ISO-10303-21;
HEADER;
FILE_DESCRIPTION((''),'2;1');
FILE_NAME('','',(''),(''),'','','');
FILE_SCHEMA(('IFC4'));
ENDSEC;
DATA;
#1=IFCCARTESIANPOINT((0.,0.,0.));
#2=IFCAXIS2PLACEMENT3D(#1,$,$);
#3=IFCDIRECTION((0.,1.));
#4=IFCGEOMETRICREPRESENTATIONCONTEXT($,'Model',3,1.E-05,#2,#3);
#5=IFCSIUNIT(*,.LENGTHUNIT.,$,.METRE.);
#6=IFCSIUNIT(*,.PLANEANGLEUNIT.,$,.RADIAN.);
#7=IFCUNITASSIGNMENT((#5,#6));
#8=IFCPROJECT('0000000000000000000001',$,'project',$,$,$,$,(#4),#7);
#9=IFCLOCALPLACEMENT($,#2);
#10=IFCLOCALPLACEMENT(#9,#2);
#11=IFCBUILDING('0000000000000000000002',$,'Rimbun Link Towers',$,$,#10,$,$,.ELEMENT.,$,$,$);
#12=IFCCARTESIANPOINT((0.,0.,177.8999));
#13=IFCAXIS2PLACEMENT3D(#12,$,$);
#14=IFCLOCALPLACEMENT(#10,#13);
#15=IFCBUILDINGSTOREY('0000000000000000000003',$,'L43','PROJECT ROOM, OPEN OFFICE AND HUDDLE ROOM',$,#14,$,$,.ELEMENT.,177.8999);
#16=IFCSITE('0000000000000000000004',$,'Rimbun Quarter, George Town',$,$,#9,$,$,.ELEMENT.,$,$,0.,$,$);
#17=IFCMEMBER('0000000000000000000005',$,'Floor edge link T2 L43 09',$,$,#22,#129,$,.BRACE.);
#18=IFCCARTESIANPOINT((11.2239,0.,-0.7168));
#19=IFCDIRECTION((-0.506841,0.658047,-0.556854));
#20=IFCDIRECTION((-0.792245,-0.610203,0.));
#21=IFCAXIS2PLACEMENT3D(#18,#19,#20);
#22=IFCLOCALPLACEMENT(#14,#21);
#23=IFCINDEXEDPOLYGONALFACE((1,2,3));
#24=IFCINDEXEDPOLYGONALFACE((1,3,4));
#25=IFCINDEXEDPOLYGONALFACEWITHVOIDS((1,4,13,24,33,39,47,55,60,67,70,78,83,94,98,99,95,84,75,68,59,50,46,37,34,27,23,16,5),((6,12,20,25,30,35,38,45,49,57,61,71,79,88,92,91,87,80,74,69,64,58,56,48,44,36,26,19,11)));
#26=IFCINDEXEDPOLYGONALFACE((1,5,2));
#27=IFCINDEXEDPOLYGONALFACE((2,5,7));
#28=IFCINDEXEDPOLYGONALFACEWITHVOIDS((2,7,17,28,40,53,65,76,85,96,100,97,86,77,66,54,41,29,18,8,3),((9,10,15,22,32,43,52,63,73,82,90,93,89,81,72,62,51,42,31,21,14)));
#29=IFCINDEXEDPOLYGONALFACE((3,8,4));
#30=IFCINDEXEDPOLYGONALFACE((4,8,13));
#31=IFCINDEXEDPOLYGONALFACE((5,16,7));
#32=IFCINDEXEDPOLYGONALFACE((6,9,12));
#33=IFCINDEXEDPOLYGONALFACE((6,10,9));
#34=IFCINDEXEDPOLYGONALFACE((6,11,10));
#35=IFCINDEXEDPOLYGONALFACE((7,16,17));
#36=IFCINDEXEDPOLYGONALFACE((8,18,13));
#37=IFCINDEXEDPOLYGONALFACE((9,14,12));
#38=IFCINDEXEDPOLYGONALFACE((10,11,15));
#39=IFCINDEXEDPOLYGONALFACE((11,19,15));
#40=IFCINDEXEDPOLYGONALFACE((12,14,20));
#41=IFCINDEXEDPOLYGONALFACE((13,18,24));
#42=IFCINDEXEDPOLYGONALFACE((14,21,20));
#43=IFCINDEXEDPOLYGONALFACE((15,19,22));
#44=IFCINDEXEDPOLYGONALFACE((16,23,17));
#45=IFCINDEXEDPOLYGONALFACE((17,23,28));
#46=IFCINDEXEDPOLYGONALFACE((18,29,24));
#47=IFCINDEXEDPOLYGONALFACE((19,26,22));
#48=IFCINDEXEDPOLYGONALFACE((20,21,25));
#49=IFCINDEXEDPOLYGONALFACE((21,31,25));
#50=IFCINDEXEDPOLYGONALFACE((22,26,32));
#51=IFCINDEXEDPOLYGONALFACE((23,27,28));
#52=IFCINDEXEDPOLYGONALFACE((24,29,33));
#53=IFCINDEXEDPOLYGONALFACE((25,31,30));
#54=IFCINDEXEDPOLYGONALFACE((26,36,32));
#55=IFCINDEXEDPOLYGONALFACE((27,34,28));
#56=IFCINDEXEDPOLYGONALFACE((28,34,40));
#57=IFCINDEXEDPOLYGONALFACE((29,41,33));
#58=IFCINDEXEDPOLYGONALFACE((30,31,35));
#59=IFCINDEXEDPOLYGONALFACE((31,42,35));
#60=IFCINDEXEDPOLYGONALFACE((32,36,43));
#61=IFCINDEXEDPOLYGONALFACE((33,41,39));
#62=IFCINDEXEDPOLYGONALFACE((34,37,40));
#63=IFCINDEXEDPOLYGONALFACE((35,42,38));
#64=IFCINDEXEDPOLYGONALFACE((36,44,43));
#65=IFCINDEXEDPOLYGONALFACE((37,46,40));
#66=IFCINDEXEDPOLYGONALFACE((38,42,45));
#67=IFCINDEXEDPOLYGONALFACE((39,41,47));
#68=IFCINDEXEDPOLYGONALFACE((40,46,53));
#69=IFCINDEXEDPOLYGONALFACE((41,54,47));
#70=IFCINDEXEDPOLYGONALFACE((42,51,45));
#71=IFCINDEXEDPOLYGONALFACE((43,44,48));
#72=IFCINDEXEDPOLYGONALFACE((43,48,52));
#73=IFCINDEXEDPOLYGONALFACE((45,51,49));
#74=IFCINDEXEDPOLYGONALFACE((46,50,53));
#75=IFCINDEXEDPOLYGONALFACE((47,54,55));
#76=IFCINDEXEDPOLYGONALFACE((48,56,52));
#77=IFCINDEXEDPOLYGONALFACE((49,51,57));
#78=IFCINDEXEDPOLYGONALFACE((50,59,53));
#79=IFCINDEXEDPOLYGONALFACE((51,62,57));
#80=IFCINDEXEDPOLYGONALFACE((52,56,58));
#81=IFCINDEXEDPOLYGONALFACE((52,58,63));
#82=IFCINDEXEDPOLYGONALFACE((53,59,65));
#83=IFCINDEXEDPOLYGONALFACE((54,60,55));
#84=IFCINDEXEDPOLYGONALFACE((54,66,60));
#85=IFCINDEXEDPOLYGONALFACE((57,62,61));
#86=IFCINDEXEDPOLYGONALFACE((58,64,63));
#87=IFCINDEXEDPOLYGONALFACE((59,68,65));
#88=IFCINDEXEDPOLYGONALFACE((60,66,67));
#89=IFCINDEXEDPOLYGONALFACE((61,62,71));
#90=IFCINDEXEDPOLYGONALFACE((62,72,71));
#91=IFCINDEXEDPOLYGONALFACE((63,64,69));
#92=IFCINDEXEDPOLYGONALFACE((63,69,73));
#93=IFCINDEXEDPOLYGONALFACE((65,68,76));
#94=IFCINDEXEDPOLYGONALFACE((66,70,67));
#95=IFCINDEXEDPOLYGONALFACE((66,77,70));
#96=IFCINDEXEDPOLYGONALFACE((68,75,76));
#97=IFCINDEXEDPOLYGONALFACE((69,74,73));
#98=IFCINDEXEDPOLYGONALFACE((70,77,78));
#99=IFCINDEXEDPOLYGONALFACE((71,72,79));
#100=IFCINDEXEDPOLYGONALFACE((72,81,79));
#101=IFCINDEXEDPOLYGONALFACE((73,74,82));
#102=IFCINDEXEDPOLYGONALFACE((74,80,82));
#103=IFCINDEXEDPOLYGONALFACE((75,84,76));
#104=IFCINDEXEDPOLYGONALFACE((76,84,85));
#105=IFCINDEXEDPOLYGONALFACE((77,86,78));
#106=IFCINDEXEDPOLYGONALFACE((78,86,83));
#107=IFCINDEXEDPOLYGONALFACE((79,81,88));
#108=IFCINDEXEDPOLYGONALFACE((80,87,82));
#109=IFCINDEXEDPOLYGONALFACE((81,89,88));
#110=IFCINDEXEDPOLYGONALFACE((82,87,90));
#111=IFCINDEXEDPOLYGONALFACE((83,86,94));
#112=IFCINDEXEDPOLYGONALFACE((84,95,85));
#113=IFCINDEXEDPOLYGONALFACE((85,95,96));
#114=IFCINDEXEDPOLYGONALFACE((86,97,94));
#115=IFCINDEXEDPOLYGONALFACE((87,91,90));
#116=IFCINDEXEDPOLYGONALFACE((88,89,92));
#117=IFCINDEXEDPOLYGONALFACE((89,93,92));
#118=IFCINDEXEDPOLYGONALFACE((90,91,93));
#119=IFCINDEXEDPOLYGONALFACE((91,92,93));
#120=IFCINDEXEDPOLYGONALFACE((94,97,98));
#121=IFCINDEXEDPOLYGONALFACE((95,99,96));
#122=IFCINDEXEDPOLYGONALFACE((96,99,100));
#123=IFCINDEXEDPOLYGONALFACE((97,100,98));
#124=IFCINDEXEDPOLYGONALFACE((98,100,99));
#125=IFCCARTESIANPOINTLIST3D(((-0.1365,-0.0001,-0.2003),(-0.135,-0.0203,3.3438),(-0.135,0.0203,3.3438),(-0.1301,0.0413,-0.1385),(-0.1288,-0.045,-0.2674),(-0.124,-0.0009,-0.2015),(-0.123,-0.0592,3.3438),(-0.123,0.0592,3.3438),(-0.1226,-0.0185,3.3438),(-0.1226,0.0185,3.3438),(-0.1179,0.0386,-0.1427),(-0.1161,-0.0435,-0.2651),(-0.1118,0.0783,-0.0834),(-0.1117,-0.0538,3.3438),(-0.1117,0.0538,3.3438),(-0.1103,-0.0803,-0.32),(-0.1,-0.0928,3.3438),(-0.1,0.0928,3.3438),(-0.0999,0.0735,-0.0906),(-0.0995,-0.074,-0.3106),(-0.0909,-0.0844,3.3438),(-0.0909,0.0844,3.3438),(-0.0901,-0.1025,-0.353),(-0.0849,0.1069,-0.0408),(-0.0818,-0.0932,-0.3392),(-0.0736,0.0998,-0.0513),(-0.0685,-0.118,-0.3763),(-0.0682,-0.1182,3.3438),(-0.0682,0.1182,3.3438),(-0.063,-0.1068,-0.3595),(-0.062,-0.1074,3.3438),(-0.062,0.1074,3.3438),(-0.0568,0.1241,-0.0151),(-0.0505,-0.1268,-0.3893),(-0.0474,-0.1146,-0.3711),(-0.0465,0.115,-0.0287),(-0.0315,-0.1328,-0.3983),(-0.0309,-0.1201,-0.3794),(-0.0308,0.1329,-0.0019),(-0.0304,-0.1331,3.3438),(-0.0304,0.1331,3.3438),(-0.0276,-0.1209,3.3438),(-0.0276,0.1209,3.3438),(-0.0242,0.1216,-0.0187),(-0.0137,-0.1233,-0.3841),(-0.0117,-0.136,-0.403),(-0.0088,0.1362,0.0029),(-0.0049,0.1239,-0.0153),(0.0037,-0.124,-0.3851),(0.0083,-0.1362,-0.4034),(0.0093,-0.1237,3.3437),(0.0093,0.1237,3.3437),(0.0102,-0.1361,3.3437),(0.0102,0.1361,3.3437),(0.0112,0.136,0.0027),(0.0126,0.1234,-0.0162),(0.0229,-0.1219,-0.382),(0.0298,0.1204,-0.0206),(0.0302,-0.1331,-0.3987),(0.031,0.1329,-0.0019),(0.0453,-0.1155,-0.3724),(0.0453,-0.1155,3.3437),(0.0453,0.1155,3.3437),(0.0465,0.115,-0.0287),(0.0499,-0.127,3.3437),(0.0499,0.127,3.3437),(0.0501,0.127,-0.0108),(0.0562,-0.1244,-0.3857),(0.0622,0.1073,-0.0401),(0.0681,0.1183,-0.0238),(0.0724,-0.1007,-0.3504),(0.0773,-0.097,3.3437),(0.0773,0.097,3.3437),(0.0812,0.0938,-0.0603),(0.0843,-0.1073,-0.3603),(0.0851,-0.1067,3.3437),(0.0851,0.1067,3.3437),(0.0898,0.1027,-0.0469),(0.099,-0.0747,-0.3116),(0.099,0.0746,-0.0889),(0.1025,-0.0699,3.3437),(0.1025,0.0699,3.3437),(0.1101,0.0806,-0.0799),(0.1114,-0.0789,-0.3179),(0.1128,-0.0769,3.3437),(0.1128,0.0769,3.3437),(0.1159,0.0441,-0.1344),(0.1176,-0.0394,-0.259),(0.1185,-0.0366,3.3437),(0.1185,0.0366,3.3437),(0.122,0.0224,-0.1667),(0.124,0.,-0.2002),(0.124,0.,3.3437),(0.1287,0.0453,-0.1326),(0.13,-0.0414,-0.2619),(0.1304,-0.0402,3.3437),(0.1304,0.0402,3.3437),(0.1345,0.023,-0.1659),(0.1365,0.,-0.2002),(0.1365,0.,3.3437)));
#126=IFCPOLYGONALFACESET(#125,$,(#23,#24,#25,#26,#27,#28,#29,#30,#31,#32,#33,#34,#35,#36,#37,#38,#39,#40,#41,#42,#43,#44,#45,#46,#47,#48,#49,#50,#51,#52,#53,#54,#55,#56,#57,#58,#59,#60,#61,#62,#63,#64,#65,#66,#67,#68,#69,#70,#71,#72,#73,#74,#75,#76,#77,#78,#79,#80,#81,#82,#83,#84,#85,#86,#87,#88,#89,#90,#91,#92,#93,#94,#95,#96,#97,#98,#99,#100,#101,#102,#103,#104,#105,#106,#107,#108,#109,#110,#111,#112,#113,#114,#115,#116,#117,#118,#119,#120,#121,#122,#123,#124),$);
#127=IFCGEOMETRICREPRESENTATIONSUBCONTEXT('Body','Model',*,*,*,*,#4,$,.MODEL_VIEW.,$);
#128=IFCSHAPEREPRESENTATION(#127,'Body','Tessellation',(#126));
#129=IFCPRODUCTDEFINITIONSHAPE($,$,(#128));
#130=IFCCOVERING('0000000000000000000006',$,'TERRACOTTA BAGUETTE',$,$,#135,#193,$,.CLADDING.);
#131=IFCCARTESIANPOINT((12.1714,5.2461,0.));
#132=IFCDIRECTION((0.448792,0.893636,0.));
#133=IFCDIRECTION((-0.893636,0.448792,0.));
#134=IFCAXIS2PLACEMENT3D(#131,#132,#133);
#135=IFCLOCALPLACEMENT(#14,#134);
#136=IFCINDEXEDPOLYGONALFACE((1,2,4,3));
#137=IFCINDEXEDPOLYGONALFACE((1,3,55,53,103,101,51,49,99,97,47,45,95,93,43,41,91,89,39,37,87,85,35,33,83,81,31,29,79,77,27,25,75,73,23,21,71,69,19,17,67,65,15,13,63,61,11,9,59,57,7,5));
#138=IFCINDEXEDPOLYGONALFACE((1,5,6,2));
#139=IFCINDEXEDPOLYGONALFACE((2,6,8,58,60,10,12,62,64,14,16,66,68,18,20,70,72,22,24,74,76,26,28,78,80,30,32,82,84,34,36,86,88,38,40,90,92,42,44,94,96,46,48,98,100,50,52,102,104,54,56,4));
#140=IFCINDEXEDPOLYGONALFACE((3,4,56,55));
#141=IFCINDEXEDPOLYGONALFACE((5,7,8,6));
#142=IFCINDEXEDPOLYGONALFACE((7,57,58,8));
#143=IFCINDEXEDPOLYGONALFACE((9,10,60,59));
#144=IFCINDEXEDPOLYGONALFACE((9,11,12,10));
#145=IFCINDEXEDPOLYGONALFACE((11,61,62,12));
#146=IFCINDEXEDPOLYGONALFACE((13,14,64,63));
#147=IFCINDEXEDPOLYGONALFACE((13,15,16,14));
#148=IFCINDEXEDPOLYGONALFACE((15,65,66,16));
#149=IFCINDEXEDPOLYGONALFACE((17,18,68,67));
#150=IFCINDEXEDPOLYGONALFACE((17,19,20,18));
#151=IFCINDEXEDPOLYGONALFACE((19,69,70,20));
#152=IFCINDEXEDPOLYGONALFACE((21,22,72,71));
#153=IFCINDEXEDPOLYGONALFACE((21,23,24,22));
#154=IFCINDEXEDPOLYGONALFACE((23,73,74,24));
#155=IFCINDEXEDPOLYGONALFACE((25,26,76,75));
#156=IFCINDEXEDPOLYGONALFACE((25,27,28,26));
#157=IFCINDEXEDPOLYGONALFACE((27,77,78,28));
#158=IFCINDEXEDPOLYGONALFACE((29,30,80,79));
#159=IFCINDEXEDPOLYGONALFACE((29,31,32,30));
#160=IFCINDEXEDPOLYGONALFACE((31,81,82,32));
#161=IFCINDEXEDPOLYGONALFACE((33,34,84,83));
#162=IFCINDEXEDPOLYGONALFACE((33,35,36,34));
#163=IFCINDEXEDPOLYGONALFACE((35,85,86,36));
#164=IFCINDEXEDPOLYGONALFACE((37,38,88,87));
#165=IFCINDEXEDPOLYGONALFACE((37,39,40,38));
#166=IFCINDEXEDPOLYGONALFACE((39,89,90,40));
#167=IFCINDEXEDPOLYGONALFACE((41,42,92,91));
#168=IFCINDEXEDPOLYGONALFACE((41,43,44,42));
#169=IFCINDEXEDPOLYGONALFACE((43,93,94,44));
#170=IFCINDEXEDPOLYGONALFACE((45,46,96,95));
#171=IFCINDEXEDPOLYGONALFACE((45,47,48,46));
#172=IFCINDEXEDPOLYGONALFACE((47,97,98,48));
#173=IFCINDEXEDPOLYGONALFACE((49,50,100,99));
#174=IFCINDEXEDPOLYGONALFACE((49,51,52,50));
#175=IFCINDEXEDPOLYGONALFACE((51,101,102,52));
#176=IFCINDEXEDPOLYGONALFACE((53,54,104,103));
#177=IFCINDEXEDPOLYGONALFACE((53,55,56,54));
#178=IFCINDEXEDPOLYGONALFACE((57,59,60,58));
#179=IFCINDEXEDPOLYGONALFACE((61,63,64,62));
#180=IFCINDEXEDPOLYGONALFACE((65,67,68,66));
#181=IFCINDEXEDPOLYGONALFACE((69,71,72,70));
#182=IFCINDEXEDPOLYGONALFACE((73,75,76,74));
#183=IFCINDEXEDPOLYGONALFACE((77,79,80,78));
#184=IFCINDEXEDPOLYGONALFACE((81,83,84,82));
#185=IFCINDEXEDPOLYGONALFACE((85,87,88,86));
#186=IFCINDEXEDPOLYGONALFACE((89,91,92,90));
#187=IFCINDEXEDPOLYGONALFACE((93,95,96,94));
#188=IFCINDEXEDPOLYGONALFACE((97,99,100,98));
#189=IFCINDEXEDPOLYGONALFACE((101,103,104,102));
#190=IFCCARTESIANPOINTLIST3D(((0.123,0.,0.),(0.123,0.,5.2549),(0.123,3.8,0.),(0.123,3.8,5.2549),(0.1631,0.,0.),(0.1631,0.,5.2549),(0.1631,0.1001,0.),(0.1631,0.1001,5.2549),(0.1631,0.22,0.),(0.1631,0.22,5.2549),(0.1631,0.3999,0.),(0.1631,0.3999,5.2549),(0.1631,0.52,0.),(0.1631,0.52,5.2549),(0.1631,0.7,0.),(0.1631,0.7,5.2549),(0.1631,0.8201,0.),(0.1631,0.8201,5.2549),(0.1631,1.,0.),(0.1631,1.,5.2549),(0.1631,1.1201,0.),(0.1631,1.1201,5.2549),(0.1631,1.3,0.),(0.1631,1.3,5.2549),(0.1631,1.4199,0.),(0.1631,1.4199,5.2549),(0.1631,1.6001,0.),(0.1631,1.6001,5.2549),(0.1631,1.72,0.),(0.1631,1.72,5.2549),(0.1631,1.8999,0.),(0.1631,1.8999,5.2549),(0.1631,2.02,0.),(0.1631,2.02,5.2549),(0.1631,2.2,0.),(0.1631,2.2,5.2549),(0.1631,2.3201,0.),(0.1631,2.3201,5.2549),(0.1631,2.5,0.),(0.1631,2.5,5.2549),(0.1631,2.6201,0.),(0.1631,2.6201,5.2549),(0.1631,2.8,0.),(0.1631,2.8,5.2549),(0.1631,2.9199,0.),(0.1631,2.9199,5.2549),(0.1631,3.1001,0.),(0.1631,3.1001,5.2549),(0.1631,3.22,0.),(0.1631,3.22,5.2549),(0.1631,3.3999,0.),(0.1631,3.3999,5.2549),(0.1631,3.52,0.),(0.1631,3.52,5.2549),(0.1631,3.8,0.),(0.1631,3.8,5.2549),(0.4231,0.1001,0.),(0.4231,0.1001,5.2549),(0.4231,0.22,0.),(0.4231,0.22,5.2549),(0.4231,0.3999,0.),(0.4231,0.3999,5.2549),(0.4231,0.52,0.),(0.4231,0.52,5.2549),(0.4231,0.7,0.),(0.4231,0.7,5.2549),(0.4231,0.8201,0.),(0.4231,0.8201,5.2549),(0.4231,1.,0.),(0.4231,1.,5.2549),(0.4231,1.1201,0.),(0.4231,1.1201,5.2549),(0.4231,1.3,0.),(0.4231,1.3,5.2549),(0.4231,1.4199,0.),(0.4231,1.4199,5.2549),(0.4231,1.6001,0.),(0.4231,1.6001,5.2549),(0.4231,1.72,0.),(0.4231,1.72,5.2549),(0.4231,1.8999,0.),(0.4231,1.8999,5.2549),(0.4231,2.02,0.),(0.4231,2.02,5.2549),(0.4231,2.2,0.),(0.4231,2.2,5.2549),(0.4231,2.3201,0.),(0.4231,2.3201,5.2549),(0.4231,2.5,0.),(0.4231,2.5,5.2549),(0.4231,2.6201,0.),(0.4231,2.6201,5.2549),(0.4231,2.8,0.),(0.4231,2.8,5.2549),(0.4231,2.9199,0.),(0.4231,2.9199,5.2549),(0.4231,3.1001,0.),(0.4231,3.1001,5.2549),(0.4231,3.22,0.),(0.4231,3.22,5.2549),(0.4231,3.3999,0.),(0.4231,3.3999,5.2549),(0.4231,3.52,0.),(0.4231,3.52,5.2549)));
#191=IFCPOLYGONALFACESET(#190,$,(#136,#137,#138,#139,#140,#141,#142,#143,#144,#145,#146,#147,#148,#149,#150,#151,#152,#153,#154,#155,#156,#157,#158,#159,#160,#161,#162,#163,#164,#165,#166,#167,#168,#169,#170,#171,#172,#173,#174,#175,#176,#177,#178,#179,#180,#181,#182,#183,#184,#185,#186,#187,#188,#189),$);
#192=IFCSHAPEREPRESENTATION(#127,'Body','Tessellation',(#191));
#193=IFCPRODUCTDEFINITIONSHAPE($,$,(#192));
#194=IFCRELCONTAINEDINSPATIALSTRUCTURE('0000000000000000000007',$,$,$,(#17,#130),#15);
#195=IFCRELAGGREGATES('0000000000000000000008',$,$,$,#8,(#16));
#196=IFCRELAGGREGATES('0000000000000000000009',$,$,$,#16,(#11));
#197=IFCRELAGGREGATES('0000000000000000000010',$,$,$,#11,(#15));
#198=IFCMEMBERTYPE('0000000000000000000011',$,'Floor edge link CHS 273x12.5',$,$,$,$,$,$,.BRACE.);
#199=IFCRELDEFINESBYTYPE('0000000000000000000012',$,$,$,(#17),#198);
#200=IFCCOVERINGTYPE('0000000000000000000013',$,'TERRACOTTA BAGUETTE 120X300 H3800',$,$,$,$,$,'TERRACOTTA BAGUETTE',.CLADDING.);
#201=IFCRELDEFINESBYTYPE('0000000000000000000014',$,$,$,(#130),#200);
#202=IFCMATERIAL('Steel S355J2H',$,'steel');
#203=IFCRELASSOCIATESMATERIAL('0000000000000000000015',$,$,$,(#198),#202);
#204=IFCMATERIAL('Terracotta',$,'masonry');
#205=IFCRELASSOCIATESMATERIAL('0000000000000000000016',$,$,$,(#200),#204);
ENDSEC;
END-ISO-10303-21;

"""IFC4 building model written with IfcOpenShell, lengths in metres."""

from ifc_helpers import new_model, si_unit, direction, frame, origin, origin_2d, place, context, subcontext, project, spatial, polyline, hollow_circle, outline, extrude, clip, halfspace, material, material_profile, profile_set, type_object, element, save


model = new_model("IFC4")

# Units and contexts
model_context = context("Model", 3, precision=1e-05, world=origin(), true_north=direction((0.0, 1.0)))
body_context = subcontext(model_context, "Body", "Model", "MODEL_VIEW")
ifc_project = project(units=[si_unit("LENGTHUNIT", "METRE"), si_unit("PLANEANGLEUNIT", "RADIAN")], contexts=[model_context])

# Site, building, storey
site_placement = place(None, origin())
site = spatial("IfcSite", under=ifc_project, at=site_placement, Name="Rimbun Quarter, George Town", CompositionType="ELEMENT", RefElevation=0.0)
building_placement = place(site_placement, origin())
building = spatial("IfcBuilding", under=site, at=building_placement, Name="Rimbun Link Towers", CompositionType="ELEMENT")
storey_placement = place(building_placement, frame((0.0, 0.0, 177.8999)))
storey = spatial("IfcBuildingStorey", under=building, at=storey_placement, Name="L43", Description="PROJECT ROOM, OPEN OFFICE AND HUDDLE ROOM", CompositionType="ELEMENT", Elevation=177.8999)

# Member
ifc_material_1 = material(Name="Steel S355J2H", Category="steel")
ifc_material_profile_1 = material_profile(ifc_material_1, hollow_circle(Radius=0.1365, WallThickness=0.0125, at=origin_2d()), Name="CHS 273x12.5")
ifc_profile_set_1 = profile_set([ifc_material_profile_1], Name="Steel S355J2H")
member_type_1 = type_object("IfcMemberType", Name="Floor edge link CHS 273x12.5", PredefinedType="BRACE", material=ifc_profile_set_1)
member_1_placement = place(storey_placement, frame((11.2239, 0.0, -0.7168), z_axis=(-0.506841, 0.658047, -0.556854), x_axis=(-0.792245, -0.610203, 0.0)))
element("IfcMember", 1, at=member_1_placement, inside=storey, type_object=member_type_1, Name="Floor edge link T2 L43 09", PredefinedType="BRACE", context=body_context, shape_type="Clipping", body=[
    clip(extrude(hollow_circle(Radius=0.1365, WallThickness=0.0125, at=origin_2d()), frame((0.0, 0.0, -0.4253)), (0.0, 0.0, 1.0), 3.769), halfspace(frame((0.0, 0.0, -0.2002), z_axis=(0.0, 0.830611, -0.556854)), False)),
])

# Covering
ifc_material_2 = material(Name="Terracotta", Category="masonry")
ifc_material_profile_2 = material_profile(ifc_material_2, outline(polyline([(0.123, 0.0), (0.1631, 0.0), (0.1631, 0.1001), (0.4231, 0.1001), (0.4231, 0.22), (0.1631, 0.22), (0.1631, 0.3999), (0.4231, 0.3999), (0.4231, 0.52), (0.1631, 0.52), (0.1631, 0.7), (0.4231, 0.7), (0.4231, 0.8201), (0.1631, 0.8201), (0.1631, 1.0), (0.4231, 1.0), (0.4231, 1.1201), (0.1631, 1.1201), (0.1631, 1.3), (0.4231, 1.3), (0.4231, 1.4199), (0.1631, 1.4199), (0.1631, 1.6001), (0.4231, 1.6001), (0.4231, 1.72), (0.1631, 1.72), (0.1631, 1.8999), (0.4231, 1.8999), (0.4231, 2.02), (0.1631, 2.02), (0.1631, 2.2), (0.4231, 2.2), (0.4231, 2.3201), (0.1631, 2.3201), (0.1631, 2.5), (0.4231, 2.5), (0.4231, 2.6201), (0.1631, 2.6201), (0.1631, 2.8), (0.4231, 2.8), (0.4231, 2.9199), (0.1631, 2.9199), (0.1631, 3.1001), (0.4231, 3.1001), (0.4231, 3.22), (0.1631, 3.22), (0.1631, 3.3999), (0.4231, 3.3999), (0.4231, 3.52), (0.1631, 3.52), (0.1631, 3.8), (0.123, 3.8), (0.123, 0.0)])), Name="BAGUETTE 120X300")
ifc_profile_set_2 = profile_set([ifc_material_profile_2], Name="Terracotta")
covering_type = type_object("IfcCoveringType", Name="TERRACOTTA BAGUETTE 120X300 H3800", ElementType="TERRACOTTA BAGUETTE", PredefinedType="CLADDING", material=ifc_profile_set_2)
covering_1_placement = place(storey_placement, frame((12.1714, 5.2461, 0.0), z_axis=(0.448792, 0.893636, 0.0), x_axis=(-0.893636, 0.448792, 0.0)))
element("IfcCovering", 2, at=covering_1_placement, inside=storey, type_object=covering_type, Name="TERRACOTTA BAGUETTE", PredefinedType="CLADDING", context=body_context, shape_type="SweptSolid", body=[
    extrude(outline(polyline([(0.123, 0.0), (0.1631, 0.0), (0.1631, 0.1001), (0.4231, 0.1001), (0.4231, 0.22), (0.1631, 0.22), (0.1631, 0.3999), (0.4231, 0.3999), (0.4231, 0.52), (0.1631, 0.52), (0.1631, 0.7), (0.4231, 0.7), (0.4231, 0.8201), (0.1631, 0.8201), (0.1631, 1.0), (0.4231, 1.0), (0.4231, 1.1201), (0.1631, 1.1201), (0.1631, 1.3), (0.4231, 1.3), (0.4231, 1.4199), (0.1631, 1.4199), (0.1631, 1.6001), (0.4231, 1.6001), (0.4231, 1.72), (0.1631, 1.72), (0.1631, 1.8999), (0.4231, 1.8999), (0.4231, 2.02), (0.1631, 2.02), (0.1631, 2.2), (0.4231, 2.2), (0.4231, 2.3201), (0.1631, 2.3201), (0.1631, 2.5), (0.4231, 2.5), (0.4231, 2.6201), (0.1631, 2.6201), (0.1631, 2.8), (0.4231, 2.8), (0.4231, 2.9199), (0.1631, 2.9199), (0.1631, 3.1001), (0.4231, 3.1001), (0.4231, 3.22), (0.1631, 3.22), (0.1631, 3.3999), (0.4231, 3.3999), (0.4231, 3.52), (0.1631, 3.52), (0.1631, 3.8), (0.123, 3.8), (0.123, 0.0)])), origin(), (0.0, 0.0, 1.0), 5.2549),
])

save(model, "model.ifc")
